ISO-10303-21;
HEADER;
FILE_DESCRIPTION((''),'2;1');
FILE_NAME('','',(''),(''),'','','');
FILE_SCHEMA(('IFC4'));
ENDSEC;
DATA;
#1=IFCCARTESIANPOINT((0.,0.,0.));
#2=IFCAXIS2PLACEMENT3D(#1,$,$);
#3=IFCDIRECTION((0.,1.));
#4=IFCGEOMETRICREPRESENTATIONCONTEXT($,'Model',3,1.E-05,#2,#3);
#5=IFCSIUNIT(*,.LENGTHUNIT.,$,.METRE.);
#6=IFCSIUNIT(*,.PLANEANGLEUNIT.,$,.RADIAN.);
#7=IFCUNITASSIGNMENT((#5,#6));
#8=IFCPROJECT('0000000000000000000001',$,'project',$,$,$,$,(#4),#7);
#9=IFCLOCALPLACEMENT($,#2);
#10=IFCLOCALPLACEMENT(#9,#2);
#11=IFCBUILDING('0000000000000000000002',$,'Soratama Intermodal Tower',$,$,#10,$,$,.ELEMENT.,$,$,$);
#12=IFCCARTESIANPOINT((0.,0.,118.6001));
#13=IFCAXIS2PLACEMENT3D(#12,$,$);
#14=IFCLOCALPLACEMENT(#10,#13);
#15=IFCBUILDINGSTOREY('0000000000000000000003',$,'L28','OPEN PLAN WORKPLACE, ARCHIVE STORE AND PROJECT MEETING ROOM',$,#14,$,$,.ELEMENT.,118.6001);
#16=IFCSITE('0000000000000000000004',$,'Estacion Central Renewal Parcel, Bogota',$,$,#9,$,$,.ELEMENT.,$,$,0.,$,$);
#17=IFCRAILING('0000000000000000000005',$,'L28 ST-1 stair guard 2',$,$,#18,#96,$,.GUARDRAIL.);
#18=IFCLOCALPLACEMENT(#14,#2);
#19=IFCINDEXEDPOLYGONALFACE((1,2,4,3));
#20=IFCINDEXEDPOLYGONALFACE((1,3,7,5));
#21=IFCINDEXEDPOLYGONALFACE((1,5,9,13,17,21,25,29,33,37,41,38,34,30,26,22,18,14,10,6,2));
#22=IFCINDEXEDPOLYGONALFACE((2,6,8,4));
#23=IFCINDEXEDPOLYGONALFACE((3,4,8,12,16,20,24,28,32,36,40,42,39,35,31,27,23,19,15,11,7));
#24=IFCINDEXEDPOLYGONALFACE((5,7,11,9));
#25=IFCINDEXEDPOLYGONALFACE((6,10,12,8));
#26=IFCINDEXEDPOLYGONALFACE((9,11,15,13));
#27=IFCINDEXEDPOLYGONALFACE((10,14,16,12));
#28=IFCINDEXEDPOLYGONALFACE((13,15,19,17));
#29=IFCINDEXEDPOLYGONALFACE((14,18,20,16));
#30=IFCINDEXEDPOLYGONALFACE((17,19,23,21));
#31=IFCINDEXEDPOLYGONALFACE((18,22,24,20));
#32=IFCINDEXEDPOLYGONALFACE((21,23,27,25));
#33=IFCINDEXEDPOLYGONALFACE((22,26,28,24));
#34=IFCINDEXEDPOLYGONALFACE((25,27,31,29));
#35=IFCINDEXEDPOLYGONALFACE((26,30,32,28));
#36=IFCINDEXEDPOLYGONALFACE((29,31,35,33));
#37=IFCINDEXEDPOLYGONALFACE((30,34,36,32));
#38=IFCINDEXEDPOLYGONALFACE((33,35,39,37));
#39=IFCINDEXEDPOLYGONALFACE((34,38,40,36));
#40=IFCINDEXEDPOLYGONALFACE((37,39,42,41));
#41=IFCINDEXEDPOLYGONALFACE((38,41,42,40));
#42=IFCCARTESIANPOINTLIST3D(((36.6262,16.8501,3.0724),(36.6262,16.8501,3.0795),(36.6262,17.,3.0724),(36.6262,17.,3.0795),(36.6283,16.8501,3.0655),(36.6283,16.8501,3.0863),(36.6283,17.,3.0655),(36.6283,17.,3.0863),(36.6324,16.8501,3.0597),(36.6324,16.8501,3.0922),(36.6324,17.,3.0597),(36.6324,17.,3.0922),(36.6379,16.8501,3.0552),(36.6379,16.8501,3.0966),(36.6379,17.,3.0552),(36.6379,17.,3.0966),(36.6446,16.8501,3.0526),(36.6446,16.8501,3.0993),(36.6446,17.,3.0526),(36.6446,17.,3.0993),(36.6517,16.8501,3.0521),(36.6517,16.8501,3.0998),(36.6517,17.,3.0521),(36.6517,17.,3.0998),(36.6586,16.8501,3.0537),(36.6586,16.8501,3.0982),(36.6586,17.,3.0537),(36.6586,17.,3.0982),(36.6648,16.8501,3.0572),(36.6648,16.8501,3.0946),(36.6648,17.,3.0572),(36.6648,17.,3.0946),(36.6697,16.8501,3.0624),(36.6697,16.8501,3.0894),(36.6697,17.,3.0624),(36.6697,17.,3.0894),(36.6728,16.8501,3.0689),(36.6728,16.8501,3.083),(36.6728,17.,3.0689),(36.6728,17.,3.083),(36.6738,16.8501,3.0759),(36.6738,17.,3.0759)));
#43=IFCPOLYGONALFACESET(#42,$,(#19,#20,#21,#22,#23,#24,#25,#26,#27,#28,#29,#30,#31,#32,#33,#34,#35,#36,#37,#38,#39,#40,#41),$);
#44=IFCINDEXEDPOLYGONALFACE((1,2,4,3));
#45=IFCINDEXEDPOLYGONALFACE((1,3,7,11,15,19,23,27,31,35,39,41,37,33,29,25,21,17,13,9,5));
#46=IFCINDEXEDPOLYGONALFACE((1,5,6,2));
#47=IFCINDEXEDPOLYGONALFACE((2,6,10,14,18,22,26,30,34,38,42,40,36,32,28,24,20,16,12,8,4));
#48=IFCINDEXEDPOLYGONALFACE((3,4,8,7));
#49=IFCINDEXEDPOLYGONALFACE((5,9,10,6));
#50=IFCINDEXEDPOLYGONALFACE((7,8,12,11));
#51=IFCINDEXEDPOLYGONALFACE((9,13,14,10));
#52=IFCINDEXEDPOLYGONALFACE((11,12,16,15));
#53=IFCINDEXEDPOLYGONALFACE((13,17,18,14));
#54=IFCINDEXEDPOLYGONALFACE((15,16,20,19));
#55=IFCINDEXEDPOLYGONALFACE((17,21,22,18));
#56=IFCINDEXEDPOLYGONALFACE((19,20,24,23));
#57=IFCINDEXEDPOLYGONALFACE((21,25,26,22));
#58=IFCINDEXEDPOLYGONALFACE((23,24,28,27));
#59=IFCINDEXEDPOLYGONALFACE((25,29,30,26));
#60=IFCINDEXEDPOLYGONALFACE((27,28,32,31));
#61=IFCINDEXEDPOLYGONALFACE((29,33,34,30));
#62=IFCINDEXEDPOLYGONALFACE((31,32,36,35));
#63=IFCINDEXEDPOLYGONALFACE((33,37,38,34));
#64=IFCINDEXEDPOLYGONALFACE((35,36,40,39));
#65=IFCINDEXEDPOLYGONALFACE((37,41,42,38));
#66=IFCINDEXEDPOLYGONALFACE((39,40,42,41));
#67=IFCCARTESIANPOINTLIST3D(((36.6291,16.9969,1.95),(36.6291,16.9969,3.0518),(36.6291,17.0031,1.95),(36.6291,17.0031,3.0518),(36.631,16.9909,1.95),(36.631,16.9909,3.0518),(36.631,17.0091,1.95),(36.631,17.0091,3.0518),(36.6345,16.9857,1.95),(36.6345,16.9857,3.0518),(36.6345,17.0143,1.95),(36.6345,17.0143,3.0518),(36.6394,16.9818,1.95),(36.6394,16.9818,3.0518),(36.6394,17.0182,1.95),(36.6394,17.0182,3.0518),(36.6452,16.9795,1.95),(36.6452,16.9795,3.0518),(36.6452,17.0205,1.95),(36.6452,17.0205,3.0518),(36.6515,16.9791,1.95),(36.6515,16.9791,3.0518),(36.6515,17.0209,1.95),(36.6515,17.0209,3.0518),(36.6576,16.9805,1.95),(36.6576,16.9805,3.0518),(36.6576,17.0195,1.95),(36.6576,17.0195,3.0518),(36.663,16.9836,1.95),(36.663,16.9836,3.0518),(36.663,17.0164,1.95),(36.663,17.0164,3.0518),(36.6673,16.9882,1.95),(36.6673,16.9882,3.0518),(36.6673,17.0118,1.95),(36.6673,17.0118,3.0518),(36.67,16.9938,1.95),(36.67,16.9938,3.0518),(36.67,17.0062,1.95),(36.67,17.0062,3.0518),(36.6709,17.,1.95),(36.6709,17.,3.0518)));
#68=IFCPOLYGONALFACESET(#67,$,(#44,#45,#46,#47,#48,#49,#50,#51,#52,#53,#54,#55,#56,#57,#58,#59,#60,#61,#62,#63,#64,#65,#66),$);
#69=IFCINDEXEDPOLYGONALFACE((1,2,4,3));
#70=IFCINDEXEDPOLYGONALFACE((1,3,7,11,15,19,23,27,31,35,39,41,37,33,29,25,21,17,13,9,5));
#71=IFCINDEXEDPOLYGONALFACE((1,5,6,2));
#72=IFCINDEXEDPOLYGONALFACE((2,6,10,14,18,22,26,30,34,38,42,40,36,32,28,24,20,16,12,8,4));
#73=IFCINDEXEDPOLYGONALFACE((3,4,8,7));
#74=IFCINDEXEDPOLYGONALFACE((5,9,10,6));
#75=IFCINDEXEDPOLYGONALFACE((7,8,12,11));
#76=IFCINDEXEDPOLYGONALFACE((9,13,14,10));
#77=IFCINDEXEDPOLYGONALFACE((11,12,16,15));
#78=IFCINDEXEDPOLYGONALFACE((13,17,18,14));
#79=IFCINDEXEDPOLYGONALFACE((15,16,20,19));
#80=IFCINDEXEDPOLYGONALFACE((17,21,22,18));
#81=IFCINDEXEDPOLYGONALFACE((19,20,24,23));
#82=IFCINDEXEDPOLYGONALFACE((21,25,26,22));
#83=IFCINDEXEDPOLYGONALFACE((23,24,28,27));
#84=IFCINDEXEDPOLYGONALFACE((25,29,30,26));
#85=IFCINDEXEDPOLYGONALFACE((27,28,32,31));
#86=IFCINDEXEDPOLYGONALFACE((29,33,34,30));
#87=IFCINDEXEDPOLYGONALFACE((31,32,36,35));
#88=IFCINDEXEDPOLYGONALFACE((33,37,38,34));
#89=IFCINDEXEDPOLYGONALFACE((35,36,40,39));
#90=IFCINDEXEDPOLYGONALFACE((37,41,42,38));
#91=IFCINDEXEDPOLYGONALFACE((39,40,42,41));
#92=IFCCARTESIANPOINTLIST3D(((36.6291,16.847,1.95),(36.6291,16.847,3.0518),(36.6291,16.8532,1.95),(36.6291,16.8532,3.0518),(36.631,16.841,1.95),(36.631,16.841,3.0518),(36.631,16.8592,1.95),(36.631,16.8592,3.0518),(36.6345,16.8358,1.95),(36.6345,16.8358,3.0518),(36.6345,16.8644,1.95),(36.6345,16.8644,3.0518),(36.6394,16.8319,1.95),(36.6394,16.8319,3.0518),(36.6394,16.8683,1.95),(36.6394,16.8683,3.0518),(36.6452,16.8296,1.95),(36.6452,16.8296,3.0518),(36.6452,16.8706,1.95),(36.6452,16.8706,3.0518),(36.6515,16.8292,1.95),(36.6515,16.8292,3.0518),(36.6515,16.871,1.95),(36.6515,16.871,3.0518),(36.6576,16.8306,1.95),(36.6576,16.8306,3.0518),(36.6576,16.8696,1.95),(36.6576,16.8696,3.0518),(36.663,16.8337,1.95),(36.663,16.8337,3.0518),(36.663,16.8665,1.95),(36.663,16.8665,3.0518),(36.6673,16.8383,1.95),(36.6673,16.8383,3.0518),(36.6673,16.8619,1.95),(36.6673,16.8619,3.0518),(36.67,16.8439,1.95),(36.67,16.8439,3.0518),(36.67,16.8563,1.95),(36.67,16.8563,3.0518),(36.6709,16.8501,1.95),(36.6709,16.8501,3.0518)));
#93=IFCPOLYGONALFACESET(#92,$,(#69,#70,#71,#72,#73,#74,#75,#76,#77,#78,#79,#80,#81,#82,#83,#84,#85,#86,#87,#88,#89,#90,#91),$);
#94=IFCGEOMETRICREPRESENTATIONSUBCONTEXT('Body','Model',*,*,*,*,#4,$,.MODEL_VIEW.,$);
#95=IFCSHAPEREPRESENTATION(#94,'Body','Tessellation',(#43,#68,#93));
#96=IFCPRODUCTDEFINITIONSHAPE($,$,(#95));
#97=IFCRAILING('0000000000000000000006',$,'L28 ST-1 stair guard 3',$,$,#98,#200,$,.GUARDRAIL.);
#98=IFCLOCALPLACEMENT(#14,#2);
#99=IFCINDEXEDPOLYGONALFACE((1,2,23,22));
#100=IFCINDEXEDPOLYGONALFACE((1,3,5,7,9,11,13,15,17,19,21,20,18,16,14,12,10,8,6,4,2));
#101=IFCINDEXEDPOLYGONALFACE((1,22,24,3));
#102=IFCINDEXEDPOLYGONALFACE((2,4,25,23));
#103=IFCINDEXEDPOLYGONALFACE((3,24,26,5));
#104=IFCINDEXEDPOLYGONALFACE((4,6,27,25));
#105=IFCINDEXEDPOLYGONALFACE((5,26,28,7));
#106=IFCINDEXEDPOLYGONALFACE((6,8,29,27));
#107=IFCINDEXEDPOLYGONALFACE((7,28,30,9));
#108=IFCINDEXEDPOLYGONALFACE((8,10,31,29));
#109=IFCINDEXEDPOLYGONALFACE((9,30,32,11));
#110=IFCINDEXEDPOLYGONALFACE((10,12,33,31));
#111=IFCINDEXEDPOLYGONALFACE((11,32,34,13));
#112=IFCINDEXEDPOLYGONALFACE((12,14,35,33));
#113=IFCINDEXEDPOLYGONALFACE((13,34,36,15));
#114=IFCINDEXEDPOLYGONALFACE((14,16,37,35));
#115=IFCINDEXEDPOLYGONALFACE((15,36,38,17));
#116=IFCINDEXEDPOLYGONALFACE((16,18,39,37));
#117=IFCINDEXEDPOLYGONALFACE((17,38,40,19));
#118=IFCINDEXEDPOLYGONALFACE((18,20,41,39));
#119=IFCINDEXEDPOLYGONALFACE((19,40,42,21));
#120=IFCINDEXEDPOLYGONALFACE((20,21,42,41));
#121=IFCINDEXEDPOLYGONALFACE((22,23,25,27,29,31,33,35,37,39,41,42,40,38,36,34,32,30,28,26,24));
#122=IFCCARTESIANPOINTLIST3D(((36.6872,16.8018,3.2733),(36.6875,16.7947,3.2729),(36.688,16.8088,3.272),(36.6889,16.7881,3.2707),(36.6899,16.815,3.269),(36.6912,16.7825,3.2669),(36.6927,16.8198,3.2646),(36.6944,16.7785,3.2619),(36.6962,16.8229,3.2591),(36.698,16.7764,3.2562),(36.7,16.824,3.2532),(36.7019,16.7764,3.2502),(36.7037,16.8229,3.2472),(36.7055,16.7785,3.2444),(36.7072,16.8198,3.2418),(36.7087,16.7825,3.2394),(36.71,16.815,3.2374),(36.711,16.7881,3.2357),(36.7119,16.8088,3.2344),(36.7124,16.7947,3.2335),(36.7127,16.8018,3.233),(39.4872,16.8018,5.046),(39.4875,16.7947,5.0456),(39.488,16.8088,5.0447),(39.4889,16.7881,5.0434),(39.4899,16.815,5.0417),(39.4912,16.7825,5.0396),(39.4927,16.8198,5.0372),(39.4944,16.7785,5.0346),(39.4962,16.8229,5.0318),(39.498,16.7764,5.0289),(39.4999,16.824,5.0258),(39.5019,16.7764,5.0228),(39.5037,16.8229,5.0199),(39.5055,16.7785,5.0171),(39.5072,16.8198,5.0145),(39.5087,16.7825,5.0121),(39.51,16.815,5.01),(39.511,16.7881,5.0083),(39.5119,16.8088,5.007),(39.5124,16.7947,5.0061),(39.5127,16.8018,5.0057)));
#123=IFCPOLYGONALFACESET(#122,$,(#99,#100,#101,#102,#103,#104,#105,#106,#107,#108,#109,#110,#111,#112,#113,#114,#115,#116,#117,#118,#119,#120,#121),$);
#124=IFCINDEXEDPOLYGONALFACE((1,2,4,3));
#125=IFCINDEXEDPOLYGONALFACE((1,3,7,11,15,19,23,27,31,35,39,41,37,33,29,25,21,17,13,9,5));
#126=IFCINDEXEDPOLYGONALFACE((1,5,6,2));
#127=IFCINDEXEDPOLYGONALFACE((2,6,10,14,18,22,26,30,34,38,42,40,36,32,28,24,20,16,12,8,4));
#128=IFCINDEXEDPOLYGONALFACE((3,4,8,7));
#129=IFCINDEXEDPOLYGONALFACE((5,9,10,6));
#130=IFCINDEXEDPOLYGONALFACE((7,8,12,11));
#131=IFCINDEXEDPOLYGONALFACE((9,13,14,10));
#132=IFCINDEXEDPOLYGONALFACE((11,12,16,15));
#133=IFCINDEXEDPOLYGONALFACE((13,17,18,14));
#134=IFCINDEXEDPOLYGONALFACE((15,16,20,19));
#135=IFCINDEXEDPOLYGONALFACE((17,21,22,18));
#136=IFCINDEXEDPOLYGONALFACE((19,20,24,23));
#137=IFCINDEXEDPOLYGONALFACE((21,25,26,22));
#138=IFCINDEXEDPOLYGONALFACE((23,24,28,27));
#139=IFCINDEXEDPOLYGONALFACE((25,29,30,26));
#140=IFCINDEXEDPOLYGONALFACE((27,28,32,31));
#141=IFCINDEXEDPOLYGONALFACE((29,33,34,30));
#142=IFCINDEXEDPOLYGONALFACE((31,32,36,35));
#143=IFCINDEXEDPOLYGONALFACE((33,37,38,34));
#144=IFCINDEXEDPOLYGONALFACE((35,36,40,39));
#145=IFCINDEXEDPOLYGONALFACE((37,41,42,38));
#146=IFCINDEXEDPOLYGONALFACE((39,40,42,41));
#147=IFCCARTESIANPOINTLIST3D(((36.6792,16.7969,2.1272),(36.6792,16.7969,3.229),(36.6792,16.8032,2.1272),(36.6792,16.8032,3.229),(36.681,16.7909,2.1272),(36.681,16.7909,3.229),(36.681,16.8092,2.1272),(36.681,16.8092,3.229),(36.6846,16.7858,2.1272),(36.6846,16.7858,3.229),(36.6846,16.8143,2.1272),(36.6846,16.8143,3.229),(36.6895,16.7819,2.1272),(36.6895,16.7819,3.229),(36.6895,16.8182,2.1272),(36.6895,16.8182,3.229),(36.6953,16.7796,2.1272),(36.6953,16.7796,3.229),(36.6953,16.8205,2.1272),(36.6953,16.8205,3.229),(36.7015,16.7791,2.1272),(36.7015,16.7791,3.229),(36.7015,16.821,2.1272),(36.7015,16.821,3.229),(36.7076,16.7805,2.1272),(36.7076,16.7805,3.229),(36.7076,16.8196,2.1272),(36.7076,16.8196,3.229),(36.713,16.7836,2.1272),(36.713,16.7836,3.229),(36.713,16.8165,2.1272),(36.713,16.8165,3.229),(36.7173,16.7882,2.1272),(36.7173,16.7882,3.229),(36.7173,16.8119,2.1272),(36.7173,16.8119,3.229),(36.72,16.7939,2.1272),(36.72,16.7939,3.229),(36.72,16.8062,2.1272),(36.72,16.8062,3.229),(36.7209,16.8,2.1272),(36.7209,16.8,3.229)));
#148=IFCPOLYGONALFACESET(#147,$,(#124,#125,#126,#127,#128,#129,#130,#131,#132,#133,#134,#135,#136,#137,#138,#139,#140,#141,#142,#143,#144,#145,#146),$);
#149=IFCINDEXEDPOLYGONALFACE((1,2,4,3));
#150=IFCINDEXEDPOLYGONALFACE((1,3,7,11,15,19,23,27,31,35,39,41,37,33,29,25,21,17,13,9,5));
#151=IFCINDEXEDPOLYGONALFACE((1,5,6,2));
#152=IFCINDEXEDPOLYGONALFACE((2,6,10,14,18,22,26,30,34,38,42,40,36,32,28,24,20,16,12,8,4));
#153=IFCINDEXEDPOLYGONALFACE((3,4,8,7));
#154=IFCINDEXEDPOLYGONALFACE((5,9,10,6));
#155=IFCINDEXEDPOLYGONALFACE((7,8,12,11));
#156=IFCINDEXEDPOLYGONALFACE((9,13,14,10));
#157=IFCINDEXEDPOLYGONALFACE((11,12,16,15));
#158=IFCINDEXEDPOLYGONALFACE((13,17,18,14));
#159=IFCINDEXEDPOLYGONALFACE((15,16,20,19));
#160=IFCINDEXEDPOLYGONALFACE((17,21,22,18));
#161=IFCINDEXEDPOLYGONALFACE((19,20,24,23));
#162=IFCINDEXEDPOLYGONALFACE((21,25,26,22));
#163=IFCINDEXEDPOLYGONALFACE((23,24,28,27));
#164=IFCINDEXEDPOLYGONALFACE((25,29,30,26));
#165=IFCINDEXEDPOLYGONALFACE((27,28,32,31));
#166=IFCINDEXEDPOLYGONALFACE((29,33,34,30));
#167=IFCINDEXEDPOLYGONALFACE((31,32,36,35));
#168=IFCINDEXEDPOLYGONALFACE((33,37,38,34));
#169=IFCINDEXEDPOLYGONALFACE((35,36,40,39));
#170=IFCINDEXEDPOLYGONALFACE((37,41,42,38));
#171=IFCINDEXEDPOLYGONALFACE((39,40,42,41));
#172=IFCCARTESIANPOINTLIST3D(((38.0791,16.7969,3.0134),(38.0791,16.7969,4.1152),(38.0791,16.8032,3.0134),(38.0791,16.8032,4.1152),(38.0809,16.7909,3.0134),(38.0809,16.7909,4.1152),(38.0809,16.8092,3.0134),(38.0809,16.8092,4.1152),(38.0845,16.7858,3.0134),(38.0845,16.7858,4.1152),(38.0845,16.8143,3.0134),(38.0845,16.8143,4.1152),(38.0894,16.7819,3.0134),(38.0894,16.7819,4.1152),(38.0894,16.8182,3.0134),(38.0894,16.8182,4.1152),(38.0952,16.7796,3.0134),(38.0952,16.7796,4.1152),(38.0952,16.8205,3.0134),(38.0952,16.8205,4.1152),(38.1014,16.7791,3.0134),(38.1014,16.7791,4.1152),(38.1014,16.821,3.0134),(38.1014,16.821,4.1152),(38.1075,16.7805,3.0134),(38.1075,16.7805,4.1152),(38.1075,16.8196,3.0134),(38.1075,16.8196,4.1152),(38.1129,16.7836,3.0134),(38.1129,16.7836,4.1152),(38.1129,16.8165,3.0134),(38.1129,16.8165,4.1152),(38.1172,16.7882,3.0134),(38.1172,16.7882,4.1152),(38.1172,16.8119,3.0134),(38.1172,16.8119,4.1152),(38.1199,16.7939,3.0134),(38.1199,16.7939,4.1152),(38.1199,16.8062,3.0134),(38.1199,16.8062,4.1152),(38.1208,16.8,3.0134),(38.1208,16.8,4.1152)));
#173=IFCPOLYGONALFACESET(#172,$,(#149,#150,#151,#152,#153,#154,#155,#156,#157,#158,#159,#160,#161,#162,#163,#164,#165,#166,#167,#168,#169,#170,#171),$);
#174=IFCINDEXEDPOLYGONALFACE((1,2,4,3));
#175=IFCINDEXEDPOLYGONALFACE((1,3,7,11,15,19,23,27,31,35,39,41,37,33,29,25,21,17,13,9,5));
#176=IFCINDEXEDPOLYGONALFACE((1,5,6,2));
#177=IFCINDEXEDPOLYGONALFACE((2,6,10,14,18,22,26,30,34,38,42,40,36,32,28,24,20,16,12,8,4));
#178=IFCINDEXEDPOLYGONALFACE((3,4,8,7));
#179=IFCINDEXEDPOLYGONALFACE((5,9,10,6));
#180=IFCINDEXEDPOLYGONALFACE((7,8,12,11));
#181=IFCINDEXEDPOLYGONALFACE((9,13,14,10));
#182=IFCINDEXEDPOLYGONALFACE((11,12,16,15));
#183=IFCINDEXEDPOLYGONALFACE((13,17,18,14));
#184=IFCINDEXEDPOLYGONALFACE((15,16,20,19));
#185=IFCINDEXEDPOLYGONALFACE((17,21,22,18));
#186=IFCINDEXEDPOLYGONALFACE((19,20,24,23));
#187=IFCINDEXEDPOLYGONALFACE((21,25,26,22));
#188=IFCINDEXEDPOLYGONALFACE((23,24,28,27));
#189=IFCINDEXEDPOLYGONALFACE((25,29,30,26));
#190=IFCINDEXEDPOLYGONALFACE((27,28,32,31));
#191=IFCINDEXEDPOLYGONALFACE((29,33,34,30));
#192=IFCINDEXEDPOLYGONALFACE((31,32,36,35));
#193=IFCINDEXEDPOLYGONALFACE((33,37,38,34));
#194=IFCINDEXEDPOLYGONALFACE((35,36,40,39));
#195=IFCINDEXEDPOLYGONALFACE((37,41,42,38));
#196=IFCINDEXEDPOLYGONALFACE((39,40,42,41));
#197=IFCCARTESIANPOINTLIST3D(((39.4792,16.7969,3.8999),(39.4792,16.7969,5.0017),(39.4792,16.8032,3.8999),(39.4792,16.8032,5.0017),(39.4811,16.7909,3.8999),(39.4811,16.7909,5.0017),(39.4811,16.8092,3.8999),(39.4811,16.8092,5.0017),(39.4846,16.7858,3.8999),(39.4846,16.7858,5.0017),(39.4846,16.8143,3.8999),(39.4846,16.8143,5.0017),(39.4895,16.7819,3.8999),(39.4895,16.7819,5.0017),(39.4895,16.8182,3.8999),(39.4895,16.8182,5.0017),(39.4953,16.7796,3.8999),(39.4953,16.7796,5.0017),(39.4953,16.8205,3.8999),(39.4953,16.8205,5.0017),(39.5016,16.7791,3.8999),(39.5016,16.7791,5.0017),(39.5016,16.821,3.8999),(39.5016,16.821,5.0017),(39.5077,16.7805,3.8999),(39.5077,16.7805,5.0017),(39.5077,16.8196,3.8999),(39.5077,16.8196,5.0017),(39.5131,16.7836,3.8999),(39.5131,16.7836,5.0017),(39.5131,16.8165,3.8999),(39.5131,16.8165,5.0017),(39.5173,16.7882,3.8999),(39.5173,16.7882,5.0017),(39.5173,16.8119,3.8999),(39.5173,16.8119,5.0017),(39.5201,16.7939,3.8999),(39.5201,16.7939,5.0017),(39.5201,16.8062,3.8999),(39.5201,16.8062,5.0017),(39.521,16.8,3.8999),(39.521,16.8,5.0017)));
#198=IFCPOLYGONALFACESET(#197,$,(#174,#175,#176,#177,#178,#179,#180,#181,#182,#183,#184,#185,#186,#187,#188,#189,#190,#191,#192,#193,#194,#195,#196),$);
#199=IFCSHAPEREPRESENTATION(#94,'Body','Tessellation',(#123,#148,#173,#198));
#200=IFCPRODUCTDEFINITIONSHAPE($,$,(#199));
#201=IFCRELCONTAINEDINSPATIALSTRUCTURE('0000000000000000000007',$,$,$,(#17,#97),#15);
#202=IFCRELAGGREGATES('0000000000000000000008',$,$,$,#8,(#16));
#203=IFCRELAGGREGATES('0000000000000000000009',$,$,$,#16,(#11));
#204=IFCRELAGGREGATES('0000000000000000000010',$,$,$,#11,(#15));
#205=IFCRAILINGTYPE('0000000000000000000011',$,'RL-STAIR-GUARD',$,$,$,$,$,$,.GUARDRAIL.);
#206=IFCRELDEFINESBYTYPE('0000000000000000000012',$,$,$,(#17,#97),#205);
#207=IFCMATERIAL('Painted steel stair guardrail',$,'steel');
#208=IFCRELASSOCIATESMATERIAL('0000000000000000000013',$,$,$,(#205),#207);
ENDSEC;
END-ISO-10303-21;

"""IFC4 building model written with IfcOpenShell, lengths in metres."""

from ifc_helpers import new_model, si_unit, direction, frame, origin, origin_2d, place, context, subcontext, project, spatial, circle, extrude, material, type_object, element, save


model = new_model("IFC4")

# Units and contexts
model_context = context("Model", 3, precision=1e-05, world=origin(), true_north=direction((0.0, 1.0)))
body_context = subcontext(model_context, "Body", "Model", "MODEL_VIEW")
ifc_project = project(units=[si_unit("LENGTHUNIT", "METRE"), si_unit("PLANEANGLEUNIT", "RADIAN")], contexts=[model_context])

# Site, building, storey
site_placement = place(None, origin())
site = spatial("IfcSite", under=ifc_project, at=site_placement, Name="Estacion Central Renewal Parcel, Bogota", CompositionType="ELEMENT", RefElevation=0.0)
building_placement = place(site_placement, origin())
building = spatial("IfcBuilding", under=site, at=building_placement, Name="Soratama Intermodal Tower", CompositionType="ELEMENT")
storey_placement = place(building_placement, frame((0.0, 0.0, 118.6001)))
storey = spatial("IfcBuildingStorey", under=building, at=storey_placement, Name="L28", Description="OPEN PLAN WORKPLACE, ARCHIVE STORE AND PROJECT MEETING ROOM", CompositionType="ELEMENT", Elevation=118.6001)

# Railings
ifc_material_1 = material(Name="Painted steel stair guardrail", Category="steel")
railing_type_1 = type_object("IfcRailingType", Name="RL-STAIR-GUARD", PredefinedType="GUARDRAIL", material=ifc_material_1)
railing_1_placement = place(storey_placement, frame((36.6499, 17.0, 1.95)))
element("IfcRailing", 1, at=railing_1_placement, inside=storey, type_object=railing_type_1, Name="L28 ST-1 stair guard 2", PredefinedType="GUARDRAIL", context=body_context, shape_type="SweptSolid", body=[
    extrude(circle(Radius=0.0239, at=origin_2d()), frame((0.0, 0.0, 1.126), z_axis=(0.0, -1.0, 0.0), x_axis=(1.0, 0.0, 0.0)), (0.0, 0.0, 1.0), 0.1499),
    extrude(circle(Radius=0.021, at=origin_2d()), origin(), (0.0, 0.0, 1.0), 1.1018),
    extrude(circle(Radius=0.021, at=origin_2d()), frame((0.0, -0.1499, 0.0)), (0.0, 0.0, 1.0), 1.1018),
])
railing_2_placement = place(storey_placement, frame((36.7, 16.8, 2.1272)))
element("IfcRailing", 2, at=railing_2_placement, inside=storey, type_object=railing_type_1, Name="L28 ST-1 stair guard 3", PredefinedType="GUARDRAIL", context=body_context, shape_type="SweptSolid", body=[
    extrude(circle(Radius=0.0239, at=origin_2d()), frame((0.0, 0.0, 1.126), z_axis=(0.844909, 0.0, 0.53491), x_axis=(0.0, 1.0, 0.0)), (0.0, 0.0, 1.0), 3.314),
    extrude(circle(Radius=0.021, at=origin_2d()), origin(), (0.0, 0.0, 1.0), 1.1018),
    extrude(circle(Radius=0.021, at=origin_2d()), frame((1.3999, 0.0, 0.8862)), (0.0, 0.0, 1.0), 1.1018),
    extrude(circle(Radius=0.021, at=origin_2d()), frame((2.8, 0.0, 1.7727)), (0.0, 0.0, 1.0), 1.1018),
])

save(model, "model.ifc")
